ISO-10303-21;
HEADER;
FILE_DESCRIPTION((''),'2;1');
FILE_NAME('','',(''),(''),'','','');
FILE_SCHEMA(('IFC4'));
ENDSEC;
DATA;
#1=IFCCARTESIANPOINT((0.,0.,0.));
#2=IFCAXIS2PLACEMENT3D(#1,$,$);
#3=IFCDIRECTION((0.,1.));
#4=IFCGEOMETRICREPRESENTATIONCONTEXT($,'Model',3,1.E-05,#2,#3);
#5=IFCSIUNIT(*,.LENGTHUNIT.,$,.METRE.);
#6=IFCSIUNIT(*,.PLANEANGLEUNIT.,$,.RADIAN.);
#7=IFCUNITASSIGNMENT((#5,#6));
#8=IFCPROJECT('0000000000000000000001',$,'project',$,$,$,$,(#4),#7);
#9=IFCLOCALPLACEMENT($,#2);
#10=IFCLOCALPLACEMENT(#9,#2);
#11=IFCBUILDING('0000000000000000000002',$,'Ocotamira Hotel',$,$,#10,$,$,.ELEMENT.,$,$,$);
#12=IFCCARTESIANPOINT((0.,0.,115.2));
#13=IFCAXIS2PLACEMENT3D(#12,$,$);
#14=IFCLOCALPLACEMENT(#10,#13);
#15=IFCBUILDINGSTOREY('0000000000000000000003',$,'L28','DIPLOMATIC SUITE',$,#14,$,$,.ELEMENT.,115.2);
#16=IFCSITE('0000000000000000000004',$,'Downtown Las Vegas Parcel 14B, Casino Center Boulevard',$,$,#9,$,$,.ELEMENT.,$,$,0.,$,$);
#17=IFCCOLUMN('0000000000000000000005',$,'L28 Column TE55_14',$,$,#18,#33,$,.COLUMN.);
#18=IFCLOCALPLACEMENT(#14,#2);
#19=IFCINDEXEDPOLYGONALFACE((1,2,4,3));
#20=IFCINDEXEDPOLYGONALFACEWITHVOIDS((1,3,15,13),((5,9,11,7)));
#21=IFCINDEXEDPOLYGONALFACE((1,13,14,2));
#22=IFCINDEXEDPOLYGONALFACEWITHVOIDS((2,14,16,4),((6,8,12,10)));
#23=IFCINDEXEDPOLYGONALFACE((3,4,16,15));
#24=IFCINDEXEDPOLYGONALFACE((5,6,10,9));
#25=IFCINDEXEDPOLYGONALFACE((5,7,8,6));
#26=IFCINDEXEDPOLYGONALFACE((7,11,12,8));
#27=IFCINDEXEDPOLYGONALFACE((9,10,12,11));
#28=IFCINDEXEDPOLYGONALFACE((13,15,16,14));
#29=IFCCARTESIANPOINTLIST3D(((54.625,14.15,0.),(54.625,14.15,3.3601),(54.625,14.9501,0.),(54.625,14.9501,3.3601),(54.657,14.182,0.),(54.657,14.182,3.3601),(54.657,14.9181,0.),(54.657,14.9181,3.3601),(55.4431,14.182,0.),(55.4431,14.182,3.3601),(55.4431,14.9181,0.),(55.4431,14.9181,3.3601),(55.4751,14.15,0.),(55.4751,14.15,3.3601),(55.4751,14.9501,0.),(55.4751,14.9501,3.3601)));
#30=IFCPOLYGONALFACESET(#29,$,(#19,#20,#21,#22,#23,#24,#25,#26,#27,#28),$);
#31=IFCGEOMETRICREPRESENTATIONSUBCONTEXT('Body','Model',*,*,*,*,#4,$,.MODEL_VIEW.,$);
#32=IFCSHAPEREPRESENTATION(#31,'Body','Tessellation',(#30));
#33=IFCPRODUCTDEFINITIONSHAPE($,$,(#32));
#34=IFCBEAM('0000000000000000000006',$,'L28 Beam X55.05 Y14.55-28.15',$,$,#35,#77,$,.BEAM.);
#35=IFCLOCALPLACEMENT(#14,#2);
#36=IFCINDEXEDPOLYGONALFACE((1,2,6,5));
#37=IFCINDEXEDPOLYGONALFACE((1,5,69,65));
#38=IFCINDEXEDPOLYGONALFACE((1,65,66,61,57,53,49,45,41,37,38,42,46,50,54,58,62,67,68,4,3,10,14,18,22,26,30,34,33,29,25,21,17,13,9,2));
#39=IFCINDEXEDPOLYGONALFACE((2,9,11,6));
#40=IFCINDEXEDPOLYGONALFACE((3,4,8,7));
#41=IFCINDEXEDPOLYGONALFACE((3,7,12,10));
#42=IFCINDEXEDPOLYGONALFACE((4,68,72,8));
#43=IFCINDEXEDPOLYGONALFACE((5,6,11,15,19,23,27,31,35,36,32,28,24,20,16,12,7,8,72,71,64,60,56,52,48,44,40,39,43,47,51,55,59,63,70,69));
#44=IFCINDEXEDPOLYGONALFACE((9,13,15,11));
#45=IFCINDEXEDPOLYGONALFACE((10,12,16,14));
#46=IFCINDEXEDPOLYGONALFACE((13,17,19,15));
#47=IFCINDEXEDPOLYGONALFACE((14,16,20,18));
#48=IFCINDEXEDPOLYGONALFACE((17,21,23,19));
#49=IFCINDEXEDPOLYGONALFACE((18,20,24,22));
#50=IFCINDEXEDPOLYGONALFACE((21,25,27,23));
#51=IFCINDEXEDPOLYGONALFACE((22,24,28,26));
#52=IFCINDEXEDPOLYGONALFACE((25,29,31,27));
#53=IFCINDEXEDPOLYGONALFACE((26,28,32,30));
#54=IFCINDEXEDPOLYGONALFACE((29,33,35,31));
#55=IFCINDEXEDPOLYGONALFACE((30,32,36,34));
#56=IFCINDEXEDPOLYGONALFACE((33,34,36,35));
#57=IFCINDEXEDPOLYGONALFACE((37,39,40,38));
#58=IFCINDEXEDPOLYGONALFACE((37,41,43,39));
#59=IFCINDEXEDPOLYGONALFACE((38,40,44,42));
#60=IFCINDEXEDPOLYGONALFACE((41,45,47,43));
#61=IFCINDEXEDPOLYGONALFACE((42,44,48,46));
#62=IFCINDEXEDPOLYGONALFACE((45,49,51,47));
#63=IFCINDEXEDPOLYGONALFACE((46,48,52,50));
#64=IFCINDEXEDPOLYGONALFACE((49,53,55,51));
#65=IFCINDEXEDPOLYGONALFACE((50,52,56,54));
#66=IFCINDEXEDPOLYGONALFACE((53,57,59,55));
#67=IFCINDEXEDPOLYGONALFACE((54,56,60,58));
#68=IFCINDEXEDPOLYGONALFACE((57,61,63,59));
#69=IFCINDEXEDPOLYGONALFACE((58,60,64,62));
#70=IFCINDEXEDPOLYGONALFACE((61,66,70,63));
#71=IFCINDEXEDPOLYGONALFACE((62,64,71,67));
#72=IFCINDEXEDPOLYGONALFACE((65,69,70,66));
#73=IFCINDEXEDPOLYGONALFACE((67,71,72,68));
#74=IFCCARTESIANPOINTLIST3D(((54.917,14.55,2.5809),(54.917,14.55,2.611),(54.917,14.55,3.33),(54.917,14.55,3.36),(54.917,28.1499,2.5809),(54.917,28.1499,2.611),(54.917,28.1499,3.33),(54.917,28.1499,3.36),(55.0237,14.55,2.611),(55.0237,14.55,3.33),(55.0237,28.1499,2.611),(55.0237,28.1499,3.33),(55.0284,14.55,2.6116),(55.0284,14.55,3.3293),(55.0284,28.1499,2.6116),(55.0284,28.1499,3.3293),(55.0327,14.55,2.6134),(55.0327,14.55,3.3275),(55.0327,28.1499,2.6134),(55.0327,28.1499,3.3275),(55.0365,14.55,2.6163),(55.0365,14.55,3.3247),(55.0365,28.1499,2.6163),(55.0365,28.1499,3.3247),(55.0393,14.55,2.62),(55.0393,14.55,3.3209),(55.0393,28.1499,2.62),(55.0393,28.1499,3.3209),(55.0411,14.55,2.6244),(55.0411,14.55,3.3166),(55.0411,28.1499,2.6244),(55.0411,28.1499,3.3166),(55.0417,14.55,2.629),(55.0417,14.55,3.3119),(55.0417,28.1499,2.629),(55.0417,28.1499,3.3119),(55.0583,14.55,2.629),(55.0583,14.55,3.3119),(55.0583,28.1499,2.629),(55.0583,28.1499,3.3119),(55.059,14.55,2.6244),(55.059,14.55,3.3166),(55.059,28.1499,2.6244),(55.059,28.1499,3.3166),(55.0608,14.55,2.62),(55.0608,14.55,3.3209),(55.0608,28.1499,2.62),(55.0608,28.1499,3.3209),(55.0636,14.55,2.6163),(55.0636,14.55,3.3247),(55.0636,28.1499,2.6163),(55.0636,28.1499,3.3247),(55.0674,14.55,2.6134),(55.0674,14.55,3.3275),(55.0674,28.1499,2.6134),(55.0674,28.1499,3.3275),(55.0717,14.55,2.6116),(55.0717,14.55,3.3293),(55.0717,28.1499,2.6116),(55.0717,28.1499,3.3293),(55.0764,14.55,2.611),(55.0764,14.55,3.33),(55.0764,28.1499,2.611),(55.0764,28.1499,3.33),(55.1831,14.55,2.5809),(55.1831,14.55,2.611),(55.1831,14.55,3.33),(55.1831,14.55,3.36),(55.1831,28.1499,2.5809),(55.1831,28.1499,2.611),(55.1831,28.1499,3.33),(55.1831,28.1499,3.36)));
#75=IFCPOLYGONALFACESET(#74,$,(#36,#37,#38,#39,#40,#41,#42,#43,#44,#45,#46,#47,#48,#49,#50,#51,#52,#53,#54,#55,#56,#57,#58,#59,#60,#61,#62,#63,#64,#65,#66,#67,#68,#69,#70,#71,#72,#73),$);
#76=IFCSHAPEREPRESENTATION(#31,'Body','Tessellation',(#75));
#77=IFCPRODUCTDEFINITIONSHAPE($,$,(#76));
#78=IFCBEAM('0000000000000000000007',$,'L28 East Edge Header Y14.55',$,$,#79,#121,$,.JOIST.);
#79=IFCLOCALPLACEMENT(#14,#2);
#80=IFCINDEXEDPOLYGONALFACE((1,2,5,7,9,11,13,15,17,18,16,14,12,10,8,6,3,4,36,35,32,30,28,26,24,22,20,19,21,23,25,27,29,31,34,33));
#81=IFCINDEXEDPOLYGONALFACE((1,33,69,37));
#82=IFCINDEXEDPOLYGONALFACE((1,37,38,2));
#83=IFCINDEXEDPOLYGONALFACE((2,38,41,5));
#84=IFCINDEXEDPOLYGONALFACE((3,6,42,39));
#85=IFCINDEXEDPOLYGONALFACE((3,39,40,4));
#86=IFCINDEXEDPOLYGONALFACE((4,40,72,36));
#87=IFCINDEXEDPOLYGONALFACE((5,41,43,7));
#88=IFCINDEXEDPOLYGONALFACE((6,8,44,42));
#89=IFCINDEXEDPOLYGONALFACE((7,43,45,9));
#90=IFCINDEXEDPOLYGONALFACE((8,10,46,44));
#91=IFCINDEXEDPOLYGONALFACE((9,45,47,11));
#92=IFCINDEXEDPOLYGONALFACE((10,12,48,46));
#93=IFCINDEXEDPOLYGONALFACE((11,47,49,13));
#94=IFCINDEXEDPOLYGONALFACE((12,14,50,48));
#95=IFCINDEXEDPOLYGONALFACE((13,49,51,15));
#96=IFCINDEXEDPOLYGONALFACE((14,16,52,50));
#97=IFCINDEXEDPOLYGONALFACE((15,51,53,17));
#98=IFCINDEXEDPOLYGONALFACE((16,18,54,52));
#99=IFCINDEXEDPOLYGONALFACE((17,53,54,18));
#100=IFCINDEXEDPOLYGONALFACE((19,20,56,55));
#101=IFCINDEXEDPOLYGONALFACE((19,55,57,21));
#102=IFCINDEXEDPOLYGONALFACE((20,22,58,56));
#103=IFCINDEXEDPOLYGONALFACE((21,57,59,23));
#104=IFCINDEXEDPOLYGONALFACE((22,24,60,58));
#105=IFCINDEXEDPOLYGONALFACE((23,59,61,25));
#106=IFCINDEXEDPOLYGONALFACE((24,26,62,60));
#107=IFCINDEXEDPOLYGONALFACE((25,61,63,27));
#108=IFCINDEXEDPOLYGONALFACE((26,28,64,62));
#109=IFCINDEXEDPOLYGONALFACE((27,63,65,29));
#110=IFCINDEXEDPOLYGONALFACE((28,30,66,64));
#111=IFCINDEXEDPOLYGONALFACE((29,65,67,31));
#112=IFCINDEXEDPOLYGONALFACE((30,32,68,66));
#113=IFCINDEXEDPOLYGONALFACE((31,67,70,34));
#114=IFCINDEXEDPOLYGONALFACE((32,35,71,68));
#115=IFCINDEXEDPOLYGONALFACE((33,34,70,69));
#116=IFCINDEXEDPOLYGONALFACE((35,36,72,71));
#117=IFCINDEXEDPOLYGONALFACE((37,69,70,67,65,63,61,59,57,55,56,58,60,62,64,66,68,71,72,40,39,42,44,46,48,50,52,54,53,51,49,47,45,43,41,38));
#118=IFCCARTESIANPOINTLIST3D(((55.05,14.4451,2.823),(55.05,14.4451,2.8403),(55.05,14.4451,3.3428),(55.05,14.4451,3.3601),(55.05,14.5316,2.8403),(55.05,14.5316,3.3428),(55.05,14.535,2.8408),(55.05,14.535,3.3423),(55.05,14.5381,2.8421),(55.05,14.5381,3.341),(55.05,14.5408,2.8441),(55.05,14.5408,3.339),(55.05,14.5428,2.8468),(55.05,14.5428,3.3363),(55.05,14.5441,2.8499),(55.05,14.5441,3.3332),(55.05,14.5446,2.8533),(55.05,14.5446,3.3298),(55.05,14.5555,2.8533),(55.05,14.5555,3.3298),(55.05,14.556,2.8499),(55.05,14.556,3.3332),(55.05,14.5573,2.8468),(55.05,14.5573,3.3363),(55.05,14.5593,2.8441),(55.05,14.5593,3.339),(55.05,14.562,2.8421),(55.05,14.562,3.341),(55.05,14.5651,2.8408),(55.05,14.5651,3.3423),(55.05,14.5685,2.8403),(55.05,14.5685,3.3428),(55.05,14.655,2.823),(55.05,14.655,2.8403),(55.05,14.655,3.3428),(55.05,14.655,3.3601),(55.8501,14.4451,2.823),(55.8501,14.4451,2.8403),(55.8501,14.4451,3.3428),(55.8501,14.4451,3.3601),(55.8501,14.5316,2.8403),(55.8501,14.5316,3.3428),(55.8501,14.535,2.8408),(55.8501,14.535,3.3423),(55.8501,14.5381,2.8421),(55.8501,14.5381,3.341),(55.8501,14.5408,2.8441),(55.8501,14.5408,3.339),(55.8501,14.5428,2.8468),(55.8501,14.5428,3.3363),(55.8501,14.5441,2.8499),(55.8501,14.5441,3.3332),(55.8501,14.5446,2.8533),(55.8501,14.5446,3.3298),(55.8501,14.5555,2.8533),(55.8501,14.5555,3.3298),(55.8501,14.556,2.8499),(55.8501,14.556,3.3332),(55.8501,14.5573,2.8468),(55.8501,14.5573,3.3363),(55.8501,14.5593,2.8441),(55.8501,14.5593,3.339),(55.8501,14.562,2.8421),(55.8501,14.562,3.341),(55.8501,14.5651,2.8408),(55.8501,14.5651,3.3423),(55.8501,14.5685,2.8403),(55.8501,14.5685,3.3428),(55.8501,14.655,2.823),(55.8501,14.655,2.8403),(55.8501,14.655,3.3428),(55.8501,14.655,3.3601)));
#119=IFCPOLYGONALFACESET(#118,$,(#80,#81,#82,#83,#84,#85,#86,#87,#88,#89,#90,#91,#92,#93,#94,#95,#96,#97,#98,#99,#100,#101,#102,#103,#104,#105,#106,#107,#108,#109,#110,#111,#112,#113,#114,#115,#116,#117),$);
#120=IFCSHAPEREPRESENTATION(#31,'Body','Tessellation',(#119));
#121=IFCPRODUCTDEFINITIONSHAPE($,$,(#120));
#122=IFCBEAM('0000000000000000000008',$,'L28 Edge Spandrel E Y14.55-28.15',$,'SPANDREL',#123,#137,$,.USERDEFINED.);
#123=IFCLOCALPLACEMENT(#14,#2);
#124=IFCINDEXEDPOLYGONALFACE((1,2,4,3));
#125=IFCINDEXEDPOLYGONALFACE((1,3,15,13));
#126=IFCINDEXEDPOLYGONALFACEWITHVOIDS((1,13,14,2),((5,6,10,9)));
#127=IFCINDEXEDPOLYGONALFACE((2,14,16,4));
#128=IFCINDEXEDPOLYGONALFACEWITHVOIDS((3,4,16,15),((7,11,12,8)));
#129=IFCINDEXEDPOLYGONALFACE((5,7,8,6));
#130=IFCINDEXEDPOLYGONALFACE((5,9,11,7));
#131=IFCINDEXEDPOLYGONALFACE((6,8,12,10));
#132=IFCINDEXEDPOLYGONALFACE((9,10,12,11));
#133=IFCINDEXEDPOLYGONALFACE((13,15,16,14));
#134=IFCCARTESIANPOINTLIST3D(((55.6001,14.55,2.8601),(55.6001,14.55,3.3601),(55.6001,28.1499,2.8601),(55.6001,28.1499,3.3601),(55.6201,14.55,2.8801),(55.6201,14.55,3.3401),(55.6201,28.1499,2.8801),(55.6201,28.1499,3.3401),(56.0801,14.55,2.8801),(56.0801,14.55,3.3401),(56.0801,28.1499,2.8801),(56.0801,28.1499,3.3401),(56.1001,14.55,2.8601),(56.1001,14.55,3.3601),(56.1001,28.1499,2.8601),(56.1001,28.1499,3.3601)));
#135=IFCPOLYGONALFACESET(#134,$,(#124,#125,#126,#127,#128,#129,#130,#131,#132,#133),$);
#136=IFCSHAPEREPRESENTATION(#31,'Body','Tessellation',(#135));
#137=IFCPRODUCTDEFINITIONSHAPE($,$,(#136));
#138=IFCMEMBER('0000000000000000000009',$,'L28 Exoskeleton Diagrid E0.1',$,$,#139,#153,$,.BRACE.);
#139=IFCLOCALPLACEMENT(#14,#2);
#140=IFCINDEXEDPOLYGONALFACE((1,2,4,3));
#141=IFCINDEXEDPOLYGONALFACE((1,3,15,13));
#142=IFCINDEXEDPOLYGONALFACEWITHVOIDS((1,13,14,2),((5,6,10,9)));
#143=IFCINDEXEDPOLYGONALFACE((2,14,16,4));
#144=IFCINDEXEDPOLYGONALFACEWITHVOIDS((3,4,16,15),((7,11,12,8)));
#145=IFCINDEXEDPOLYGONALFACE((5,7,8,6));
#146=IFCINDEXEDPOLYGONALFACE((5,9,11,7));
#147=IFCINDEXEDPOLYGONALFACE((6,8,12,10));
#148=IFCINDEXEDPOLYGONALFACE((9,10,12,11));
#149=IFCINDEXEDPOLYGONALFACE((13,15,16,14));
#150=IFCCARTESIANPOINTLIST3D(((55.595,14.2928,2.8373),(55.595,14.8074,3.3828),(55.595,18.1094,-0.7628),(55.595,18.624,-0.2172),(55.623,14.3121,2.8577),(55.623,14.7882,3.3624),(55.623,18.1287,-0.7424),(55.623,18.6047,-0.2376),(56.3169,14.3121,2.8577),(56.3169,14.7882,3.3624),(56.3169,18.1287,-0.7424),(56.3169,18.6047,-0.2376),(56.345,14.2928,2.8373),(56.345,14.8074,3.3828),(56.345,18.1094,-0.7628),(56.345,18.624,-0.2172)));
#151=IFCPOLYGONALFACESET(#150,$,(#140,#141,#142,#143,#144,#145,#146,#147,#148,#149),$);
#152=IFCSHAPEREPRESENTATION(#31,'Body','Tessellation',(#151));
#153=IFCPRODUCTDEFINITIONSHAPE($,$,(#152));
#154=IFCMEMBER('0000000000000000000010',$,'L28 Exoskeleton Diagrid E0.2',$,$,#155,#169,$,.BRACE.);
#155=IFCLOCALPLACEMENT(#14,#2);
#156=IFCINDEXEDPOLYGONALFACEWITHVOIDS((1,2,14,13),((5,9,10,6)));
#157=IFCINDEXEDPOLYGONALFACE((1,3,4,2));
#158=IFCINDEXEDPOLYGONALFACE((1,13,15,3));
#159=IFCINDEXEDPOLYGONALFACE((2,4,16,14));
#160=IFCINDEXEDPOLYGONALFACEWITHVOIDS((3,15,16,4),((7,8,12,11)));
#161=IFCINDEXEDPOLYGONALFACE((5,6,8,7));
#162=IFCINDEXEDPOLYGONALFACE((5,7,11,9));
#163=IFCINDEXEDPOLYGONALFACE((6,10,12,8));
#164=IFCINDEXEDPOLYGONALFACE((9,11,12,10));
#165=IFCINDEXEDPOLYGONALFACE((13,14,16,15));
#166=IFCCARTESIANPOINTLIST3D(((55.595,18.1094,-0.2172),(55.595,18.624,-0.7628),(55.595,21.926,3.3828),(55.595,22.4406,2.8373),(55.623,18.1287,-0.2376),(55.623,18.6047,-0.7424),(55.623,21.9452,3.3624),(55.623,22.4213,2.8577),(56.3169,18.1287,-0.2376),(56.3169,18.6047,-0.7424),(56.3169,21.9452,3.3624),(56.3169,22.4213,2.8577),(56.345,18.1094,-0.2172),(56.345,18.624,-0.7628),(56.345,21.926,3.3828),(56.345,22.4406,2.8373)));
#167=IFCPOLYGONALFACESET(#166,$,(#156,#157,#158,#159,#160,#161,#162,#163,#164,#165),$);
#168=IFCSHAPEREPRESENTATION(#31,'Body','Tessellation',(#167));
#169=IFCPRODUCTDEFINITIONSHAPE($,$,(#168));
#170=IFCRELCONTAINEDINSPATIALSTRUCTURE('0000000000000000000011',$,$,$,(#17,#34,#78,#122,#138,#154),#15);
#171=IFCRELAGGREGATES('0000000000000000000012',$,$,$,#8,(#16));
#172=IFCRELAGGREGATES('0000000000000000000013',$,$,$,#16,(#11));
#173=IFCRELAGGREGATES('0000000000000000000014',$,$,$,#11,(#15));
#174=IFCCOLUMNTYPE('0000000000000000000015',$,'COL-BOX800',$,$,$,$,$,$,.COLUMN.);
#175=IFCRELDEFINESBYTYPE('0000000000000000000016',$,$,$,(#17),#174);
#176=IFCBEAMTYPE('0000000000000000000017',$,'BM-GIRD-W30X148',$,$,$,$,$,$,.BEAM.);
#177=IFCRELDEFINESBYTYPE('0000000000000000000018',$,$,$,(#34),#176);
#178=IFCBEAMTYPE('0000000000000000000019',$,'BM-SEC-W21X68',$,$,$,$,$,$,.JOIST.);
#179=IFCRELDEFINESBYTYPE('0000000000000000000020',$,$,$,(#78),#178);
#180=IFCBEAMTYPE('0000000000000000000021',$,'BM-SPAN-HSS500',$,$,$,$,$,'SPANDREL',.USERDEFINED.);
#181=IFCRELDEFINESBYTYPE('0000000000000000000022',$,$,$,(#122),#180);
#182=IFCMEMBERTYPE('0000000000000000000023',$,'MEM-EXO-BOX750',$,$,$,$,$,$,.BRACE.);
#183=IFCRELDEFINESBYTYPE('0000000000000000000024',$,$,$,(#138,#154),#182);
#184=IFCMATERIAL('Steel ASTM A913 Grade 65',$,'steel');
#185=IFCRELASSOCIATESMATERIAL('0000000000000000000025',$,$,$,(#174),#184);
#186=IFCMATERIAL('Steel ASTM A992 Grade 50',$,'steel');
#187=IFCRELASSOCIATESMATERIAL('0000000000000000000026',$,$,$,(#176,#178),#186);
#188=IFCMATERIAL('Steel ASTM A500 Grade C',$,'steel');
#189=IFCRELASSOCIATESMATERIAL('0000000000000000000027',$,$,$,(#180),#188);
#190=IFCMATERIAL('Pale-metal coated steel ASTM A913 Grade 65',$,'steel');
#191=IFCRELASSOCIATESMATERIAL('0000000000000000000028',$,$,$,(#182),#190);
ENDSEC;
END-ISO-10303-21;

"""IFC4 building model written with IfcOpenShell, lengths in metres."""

from ifc_helpers import new_model, si_unit, direction, frame, origin, origin_2d, place, context, subcontext, project, spatial, hollow_rectangle, i_section, extrude, source, transform, mapped, material, material_profile, profile_set, type_object, element, save


model = new_model("IFC4")

# Units and contexts
model_context = context("Model", 3, precision=1e-05, world=origin(), true_north=direction((0.0, 1.0)))
body_context = subcontext(model_context, "Body", "Model", "MODEL_VIEW")
ifc_project = project(units=[si_unit("LENGTHUNIT", "METRE"), si_unit("PLANEANGLEUNIT", "RADIAN")], contexts=[model_context])

# Site, building, storey
site_placement = place(None, origin())
site = spatial("IfcSite", under=ifc_project, at=site_placement, Name="Downtown Las Vegas Parcel 14B, Casino Center Boulevard", CompositionType="ELEMENT", RefElevation=0.0)
building_placement = place(site_placement, origin())
building = spatial("IfcBuilding", under=site, at=building_placement, Name="Ocotamira Hotel", CompositionType="ELEMENT")
storey_placement = place(building_placement, frame((0.0, 0.0, 115.2)))
storey = spatial("IfcBuildingStorey", under=building, at=storey_placement, Name="L28", Description="DIPLOMATIC SUITE", CompositionType="ELEMENT", Elevation=115.2)

# Column
ifc_material_1 = material(Name="Steel ASTM A913 Grade 65", Category="steel")
ifc_material_profile_1 = material_profile(ifc_material_1, hollow_rectangle(XDim=0.8501, YDim=0.8, WallThickness=0.032, at=origin_2d()), Name="BOX800X850X32")
ifc_profile_set_1 = profile_set([ifc_material_profile_1], Name="Steel ASTM A913 Grade 65")
column_type = type_object("IfcColumnType", Name="COL-BOX800", PredefinedType="COLUMN", material=ifc_profile_set_1)
shared_shape_1 = source(origin(), body_context, "Body", "SweptSolid", [
    extrude(hollow_rectangle(XDim=0.8501, YDim=0.8, WallThickness=0.032, at=origin_2d()), origin(), (0.0, 0.0, 1.0), 3.3601),
])
column_placement = place(storey_placement, frame((55.05, 14.55, 0.0), z_axis=(0.0, 0.0, 1.0), x_axis=(1.0, 0.0, 0.0)))
element("IfcColumn", 1, at=column_placement, inside=storey, type_object=column_type, Name="L28 Column TE55_14", PredefinedType="COLUMN", context=body_context, shape_type="MappedRepresentation", body=[
    mapped(shared_shape_1, transform((0.0, 0.0, 0.0), scale=1.0)),
])

# Beams
ifc_material_2 = material(Name="Steel ASTM A992 Grade 50", Category="steel")
ifc_material_profile_2 = material_profile(ifc_material_2, i_section(OverallWidth=0.2661, OverallDepth=0.7791, WebThickness=0.0166, FlangeThickness=0.03, FilletRadius=0.0181, at=origin_2d()), Name="W30X148")
ifc_profile_set_2 = profile_set([ifc_material_profile_2], Name="Steel ASTM A992 Grade 50")
beam_type_1 = type_object("IfcBeamType", Name="BM-GIRD-W30X148", PredefinedType="BEAM", material=ifc_profile_set_2)
shared_shape_2 = source(origin(), body_context, "Body", "SweptSolid", [
    extrude(i_section(OverallWidth=0.2661, OverallDepth=0.7791, WebThickness=0.0166, FlangeThickness=0.03, FilletRadius=0.0181, at=origin_2d()), origin(), (0.0, 0.0, 1.0), 13.5999),
])
beam_1_placement = place(storey_placement, frame((55.05, 14.55, 2.9705), z_axis=(0.0, 1.0, 0.0), x_axis=(-1.0, 0.0, 0.0)))
element("IfcBeam", 2, at=beam_1_placement, inside=storey, type_object=beam_type_1, Name="L28 Beam X55.05 Y14.55-28.15", PredefinedType="BEAM", context=body_context, shape_type="MappedRepresentation", body=[
    mapped(shared_shape_2, transform((0.0, 0.0, 0.0), scale=1.0)),
])
ifc_material_profile_3 = material_profile(ifc_material_2, i_section(OverallWidth=0.21, OverallDepth=0.5371, WebThickness=0.011, FlangeThickness=0.0173, FilletRadius=0.0129, at=origin_2d()), Name="W21X68")
ifc_profile_set_3 = profile_set([ifc_material_profile_3], Name="Steel ASTM A992 Grade 50")
beam_type_2 = type_object("IfcBeamType", Name="BM-SEC-W21X68", PredefinedType="JOIST", material=ifc_profile_set_3)
shared_shape_3 = source(origin(), body_context, "Body", "SweptSolid", [
    extrude(i_section(OverallWidth=0.21, OverallDepth=0.5371, WebThickness=0.011, FlangeThickness=0.0173, FilletRadius=0.0129, at=origin_2d()), origin(), (0.0, 0.0, 1.0), 0.8),
])
beam_2_placement = place(storey_placement, frame((55.05, 14.55, 3.0916), z_axis=(1.0, 0.0, 0.0), x_axis=(0.0, 1.0, 0.0)))
element("IfcBeam", 3, at=beam_2_placement, inside=storey, type_object=beam_type_2, Name="L28 East Edge Header Y14.55", PredefinedType="JOIST", context=body_context, shape_type="MappedRepresentation", body=[
    mapped(shared_shape_3, transform((0.0, 0.0, 0.0), scale=1.0)),
])
ifc_material_3 = material(Name="Steel ASTM A500 Grade C", Category="steel")
ifc_material_profile_4 = material_profile(ifc_material_3, hollow_rectangle(XDim=0.5, YDim=0.5, WallThickness=0.02, at=origin_2d()), Name="HSS500X500X20")
ifc_profile_set_4 = profile_set([ifc_material_profile_4], Name="Steel ASTM A500 Grade C")
beam_type_3 = type_object("IfcBeamType", Name="BM-SPAN-HSS500", ElementType="SPANDREL", PredefinedType="USERDEFINED", material=ifc_profile_set_4)
shared_shape_4 = source(origin(), body_context, "Body", "SweptSolid", [
    extrude(hollow_rectangle(XDim=0.5, YDim=0.5, WallThickness=0.02, at=origin_2d()), origin(), (0.0, 0.0, 1.0), 13.5999),
])
beam_3_placement = place(storey_placement, frame((55.8501, 14.55, 3.1101), z_axis=(0.0, 1.0, 0.0), x_axis=(-1.0, 0.0, 0.0)))
element("IfcBeam", 4, at=beam_3_placement, inside=storey, type_object=beam_type_3, Name="L28 Edge Spandrel E Y14.55-28.15", ObjectType="SPANDREL", PredefinedType="USERDEFINED", context=body_context, shape_type="MappedRepresentation", body=[
    mapped(shared_shape_4, transform((0.0, 0.0, 0.0), scale=1.0)),
])

# Members
ifc_material_4 = material(Name="Pale-metal coated steel ASTM A913 Grade 65", Category="steel")
ifc_material_profile_5 = material_profile(ifc_material_4, hollow_rectangle(XDim=0.75, YDim=0.75, WallThickness=0.0281, at=origin_2d()), Name="BOX750X750X28")
ifc_profile_set_5 = profile_set([ifc_material_profile_5], Name="Pale-metal coated steel ASTM A913 Grade 65")
member_type_1 = type_object("IfcMemberType", Name="MEM-EXO-BOX750", PredefinedType="BRACE", material=ifc_profile_set_5)
shared_shape_5 = source(origin(), body_context, "Body", "SweptSolid", [
    extrude(hollow_rectangle(XDim=0.75, YDim=0.75, WallThickness=0.0281, at=origin_2d()), origin(), (0.0, 0.0, 1.0), 5.2466),
])
for number, where, z_axis, x_axis, name in (
    (5, (55.97, 18.3667, -0.49), (0.0, -0.727443, 0.686168), (1.0, 0.0, 0.0), "L28 Exoskeleton Diagrid E0.1"),
    (6, (55.97, 18.3667, -0.49), (0.0, 0.727443, 0.686168), (-1.0, 0.0, 0.0), "L28 Exoskeleton Diagrid E0.2"),
):
    element("IfcMember", number, at=place(storey_placement, frame(where, z_axis=z_axis, x_axis=x_axis)), inside=storey, type_object=member_type_1, Name=name, PredefinedType="BRACE", context=body_context, shape_type="MappedRepresentation", body=[
        mapped(shared_shape_5, transform((0.0, 0.0, 0.0), scale=1.0)),
    ])

save(model, "model.ifc")
